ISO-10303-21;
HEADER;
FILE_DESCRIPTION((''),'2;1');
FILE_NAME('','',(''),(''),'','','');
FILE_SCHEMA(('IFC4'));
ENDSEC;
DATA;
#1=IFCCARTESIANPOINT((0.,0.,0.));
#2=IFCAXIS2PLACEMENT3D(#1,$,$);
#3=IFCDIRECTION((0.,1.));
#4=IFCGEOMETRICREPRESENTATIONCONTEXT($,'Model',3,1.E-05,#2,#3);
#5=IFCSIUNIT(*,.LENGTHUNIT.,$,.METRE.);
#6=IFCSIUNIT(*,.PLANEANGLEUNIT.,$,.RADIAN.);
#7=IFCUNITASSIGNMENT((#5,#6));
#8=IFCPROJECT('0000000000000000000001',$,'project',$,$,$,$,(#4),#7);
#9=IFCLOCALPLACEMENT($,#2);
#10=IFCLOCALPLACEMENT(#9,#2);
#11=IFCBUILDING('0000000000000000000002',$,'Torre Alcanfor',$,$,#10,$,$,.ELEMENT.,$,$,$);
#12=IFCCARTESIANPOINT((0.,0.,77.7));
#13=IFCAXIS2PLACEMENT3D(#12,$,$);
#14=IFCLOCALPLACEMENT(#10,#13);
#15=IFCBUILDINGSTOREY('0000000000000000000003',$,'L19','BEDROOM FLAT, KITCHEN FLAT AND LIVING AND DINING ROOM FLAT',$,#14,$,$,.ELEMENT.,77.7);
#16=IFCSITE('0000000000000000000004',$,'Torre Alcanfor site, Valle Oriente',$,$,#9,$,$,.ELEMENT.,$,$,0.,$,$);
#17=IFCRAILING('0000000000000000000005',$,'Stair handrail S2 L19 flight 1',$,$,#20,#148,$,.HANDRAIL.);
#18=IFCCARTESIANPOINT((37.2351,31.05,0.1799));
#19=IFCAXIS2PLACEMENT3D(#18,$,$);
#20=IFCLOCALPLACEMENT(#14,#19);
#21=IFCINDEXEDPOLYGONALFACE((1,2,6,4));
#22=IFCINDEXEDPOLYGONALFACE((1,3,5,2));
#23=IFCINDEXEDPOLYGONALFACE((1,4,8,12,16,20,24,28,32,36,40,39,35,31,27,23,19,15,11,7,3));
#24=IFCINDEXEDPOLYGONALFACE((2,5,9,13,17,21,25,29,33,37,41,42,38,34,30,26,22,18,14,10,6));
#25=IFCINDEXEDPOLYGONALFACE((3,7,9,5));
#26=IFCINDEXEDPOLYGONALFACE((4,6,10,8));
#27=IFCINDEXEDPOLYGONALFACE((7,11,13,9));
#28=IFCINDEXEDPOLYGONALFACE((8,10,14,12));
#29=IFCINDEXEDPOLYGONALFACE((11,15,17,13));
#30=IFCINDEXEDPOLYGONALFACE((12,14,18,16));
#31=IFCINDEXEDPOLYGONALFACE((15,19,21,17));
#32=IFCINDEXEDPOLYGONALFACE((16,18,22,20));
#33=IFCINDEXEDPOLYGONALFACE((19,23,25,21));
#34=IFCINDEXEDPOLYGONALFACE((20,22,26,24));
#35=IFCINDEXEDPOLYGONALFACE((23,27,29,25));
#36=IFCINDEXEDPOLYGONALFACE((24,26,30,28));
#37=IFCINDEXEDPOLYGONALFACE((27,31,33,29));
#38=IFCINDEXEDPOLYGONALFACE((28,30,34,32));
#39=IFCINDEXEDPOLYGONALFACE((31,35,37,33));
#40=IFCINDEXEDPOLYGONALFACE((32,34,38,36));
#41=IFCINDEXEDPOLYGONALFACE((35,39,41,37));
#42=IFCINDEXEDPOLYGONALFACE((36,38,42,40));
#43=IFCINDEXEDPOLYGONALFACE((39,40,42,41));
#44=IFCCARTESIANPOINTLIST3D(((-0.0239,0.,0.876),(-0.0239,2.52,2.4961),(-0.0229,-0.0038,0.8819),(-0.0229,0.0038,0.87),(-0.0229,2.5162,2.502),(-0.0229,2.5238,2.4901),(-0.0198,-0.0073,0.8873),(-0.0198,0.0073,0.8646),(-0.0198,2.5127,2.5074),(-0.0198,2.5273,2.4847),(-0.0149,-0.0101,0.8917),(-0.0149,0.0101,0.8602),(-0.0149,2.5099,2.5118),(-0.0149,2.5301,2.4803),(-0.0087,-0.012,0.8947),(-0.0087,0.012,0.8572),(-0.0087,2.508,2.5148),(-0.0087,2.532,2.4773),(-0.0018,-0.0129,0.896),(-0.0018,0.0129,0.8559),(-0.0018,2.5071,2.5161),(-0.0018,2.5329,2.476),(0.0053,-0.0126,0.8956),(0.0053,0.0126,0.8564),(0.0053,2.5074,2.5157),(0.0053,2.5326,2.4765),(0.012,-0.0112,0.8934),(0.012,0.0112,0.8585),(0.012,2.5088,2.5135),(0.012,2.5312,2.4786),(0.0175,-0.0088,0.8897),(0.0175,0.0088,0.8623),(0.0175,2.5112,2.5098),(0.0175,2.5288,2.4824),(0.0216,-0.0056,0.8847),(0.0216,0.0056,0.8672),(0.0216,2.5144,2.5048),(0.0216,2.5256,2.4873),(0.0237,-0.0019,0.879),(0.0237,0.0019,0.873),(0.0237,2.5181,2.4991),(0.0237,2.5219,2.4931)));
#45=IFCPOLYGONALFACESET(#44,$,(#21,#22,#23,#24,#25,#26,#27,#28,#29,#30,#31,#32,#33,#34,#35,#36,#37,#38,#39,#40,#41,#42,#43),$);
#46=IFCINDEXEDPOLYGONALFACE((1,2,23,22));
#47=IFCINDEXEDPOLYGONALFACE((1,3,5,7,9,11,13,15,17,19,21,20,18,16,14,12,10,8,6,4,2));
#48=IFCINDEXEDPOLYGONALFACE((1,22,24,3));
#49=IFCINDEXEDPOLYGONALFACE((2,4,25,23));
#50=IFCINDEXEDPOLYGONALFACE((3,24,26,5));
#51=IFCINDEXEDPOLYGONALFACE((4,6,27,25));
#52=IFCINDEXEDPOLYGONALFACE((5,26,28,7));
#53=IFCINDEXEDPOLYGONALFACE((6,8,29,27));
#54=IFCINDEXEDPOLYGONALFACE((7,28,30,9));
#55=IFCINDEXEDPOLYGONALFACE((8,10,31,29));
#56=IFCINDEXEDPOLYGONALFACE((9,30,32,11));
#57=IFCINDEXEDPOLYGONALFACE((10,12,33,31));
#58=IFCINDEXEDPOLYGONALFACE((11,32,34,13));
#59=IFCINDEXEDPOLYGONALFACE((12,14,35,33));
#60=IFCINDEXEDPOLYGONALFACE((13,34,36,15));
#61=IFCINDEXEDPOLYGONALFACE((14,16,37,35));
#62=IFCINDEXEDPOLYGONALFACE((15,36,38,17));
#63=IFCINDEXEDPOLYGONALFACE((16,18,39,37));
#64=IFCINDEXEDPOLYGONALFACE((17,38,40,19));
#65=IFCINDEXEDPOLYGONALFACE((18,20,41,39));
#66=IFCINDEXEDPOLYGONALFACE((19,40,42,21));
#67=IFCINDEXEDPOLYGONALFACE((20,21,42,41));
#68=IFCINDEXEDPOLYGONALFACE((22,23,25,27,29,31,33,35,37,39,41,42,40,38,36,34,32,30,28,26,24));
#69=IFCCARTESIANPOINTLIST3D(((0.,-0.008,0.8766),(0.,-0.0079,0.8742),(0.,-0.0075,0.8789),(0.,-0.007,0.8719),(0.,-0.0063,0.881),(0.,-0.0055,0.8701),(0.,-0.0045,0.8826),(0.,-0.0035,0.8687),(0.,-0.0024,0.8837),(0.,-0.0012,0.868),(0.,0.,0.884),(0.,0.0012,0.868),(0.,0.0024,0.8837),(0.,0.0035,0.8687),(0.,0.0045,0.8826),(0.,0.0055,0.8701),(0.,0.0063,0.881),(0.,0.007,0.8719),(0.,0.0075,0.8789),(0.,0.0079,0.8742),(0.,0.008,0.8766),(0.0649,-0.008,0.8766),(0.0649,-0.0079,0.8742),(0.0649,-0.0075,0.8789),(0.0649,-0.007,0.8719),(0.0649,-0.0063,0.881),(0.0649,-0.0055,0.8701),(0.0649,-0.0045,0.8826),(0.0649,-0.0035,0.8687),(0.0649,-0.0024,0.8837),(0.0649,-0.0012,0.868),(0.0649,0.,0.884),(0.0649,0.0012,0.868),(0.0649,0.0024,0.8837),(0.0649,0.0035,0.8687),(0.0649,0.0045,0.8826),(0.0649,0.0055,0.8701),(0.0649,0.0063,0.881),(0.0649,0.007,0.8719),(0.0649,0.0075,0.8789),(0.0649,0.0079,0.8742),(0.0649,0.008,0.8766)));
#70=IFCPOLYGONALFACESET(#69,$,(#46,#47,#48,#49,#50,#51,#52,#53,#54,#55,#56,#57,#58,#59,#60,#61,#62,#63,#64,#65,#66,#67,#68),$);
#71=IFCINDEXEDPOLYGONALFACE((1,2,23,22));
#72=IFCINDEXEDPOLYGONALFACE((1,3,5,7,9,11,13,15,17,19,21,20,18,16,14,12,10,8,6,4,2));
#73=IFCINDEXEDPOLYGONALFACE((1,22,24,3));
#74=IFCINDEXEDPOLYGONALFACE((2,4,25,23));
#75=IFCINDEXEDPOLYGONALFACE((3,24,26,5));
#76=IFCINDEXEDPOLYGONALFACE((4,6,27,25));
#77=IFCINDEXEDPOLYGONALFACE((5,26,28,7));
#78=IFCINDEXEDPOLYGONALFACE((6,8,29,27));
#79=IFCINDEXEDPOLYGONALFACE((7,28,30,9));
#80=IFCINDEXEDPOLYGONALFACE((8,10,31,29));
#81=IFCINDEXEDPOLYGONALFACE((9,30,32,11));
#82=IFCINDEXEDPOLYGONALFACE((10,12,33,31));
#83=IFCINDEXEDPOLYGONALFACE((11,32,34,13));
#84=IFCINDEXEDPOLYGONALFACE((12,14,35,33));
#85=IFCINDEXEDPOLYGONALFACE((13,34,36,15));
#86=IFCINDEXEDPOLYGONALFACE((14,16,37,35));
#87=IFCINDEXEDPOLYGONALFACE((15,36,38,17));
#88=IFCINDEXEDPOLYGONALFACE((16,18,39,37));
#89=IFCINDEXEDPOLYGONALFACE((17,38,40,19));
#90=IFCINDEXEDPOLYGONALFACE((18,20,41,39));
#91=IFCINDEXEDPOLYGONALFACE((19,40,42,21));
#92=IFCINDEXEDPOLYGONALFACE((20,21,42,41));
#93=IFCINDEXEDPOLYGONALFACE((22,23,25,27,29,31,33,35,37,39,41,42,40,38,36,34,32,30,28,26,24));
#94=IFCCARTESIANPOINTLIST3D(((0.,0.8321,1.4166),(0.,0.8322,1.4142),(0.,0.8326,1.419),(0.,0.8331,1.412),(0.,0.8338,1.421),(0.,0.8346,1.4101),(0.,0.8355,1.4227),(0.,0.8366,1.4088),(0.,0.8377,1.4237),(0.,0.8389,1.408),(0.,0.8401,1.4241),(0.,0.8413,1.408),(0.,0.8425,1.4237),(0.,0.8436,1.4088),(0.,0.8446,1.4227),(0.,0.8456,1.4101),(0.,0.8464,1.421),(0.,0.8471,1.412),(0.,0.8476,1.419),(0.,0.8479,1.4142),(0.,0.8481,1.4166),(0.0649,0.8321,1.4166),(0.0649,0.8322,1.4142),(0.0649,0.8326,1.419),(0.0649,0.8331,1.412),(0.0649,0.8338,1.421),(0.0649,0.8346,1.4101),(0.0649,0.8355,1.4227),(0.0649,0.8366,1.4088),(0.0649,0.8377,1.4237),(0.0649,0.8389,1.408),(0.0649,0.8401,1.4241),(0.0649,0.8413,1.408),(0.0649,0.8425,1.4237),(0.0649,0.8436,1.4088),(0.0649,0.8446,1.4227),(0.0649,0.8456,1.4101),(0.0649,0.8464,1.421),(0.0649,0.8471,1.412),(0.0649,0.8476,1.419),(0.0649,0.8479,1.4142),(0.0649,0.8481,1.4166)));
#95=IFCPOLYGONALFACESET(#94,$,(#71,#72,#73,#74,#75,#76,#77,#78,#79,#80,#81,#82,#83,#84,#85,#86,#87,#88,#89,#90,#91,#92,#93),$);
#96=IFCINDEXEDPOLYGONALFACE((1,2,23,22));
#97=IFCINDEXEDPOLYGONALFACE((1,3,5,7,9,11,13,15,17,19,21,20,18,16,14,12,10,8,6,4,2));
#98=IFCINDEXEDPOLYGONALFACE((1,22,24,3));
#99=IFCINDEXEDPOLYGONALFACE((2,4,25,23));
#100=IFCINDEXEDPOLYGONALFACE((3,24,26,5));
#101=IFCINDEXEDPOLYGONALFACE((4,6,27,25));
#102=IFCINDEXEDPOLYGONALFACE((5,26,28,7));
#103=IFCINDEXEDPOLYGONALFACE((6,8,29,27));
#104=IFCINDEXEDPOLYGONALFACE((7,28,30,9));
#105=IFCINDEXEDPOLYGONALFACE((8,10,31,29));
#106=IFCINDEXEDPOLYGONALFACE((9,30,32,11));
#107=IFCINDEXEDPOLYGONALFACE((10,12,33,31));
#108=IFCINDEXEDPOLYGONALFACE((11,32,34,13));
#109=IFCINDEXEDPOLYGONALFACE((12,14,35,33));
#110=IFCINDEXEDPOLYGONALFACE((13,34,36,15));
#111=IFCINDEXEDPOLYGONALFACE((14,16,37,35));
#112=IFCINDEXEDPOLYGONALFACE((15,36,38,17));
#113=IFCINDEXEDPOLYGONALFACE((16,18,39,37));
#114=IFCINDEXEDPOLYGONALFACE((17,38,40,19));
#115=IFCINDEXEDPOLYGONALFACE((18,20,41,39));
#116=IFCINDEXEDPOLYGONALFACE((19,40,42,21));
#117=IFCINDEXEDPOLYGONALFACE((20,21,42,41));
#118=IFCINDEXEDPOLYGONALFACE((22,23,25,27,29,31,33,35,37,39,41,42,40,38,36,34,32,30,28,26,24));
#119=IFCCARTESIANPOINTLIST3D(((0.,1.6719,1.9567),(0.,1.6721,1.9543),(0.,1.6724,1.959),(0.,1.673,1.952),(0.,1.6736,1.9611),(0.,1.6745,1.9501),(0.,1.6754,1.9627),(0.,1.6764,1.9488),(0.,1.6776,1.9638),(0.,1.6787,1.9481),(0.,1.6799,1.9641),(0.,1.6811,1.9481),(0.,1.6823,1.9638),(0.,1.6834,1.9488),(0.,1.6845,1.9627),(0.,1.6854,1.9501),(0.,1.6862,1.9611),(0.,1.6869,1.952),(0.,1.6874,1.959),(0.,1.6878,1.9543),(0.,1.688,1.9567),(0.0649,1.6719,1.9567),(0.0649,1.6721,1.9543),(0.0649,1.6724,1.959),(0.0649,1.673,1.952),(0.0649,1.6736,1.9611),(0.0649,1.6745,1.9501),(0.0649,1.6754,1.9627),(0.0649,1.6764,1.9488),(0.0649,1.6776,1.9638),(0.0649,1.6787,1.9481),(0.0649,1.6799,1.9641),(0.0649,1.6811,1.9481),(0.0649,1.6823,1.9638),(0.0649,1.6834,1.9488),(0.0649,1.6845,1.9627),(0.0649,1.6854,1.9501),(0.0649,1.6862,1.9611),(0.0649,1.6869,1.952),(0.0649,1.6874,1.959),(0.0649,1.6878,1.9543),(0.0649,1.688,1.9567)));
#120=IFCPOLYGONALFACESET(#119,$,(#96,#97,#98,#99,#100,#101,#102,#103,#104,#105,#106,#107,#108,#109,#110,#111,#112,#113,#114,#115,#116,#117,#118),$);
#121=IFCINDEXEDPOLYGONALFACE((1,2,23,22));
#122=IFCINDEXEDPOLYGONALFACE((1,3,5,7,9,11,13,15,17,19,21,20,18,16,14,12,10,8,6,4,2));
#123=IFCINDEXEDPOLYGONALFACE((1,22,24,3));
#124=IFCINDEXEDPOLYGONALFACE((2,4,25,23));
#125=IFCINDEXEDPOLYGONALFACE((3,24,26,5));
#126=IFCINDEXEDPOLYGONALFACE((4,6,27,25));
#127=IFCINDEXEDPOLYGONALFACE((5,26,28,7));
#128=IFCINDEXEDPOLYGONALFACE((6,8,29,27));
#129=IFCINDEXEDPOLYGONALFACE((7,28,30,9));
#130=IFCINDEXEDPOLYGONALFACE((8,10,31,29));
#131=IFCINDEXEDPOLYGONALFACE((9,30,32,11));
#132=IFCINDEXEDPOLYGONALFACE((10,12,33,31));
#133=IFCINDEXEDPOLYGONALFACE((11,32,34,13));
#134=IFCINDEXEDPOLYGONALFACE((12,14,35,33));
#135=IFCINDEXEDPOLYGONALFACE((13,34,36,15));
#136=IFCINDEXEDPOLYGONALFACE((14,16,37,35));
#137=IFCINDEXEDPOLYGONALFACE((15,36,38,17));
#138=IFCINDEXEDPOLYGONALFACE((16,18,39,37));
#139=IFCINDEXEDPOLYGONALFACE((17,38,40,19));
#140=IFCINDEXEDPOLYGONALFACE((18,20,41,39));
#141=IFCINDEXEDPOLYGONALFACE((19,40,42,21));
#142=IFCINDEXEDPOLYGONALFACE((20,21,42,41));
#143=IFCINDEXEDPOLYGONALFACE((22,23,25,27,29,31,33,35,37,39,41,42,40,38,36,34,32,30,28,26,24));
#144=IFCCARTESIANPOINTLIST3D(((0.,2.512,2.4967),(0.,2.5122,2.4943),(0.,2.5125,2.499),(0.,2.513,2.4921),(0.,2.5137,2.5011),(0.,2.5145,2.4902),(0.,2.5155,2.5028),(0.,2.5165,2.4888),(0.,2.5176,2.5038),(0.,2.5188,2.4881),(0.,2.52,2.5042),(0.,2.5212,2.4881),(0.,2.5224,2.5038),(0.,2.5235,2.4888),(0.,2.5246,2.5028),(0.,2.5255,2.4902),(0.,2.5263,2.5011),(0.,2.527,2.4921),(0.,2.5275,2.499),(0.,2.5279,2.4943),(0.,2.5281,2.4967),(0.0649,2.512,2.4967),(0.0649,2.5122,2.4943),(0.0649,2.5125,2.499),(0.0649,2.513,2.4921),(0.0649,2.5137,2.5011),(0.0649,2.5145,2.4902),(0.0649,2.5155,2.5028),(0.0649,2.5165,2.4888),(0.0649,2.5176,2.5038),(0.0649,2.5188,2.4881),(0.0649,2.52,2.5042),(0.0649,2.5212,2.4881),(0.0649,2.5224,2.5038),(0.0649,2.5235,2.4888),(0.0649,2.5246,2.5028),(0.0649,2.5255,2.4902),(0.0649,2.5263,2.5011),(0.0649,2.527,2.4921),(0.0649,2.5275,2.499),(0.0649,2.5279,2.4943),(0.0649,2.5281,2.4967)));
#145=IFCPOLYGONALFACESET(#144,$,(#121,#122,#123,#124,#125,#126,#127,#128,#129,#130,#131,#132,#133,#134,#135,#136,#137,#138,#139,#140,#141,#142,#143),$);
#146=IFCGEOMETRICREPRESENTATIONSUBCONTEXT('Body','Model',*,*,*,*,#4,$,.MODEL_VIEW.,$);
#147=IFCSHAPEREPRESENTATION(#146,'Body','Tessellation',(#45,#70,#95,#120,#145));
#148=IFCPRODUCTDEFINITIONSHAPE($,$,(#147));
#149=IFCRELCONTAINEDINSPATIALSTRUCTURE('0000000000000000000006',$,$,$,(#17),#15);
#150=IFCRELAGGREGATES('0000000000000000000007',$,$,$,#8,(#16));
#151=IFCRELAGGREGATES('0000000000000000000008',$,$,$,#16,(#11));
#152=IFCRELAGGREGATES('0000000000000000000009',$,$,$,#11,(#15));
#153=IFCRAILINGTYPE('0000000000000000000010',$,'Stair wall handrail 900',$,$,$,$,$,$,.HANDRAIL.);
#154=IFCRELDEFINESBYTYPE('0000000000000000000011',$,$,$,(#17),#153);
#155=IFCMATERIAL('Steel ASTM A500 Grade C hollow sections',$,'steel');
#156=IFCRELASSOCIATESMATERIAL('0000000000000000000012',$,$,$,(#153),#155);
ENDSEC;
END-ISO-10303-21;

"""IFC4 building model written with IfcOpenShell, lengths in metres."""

from ifc_helpers import new_model, si_unit, direction, frame, origin, origin_2d, place, context, subcontext, project, spatial, circle, extrude, material, type_object, element, save


model = new_model("IFC4")

# Units and contexts
model_context = context("Model", 3, precision=1e-05, world=origin(), true_north=direction((0.0, 1.0)))
body_context = subcontext(model_context, "Body", "Model", "MODEL_VIEW")
ifc_project = project(units=[si_unit("LENGTHUNIT", "METRE"), si_unit("PLANEANGLEUNIT", "RADIAN")], contexts=[model_context])

# Site, building, storey
site_placement = place(None, origin())
site = spatial("IfcSite", under=ifc_project, at=site_placement, Name="Torre Alcanfor site, Valle Oriente", CompositionType="ELEMENT", RefElevation=0.0)
building_placement = place(site_placement, origin())
building = spatial("IfcBuilding", under=site, at=building_placement, Name="Torre Alcanfor", CompositionType="ELEMENT")
storey_placement = place(building_placement, frame((0.0, 0.0, 77.7)))
storey = spatial("IfcBuildingStorey", under=building, at=storey_placement, Name="L19", Description="BEDROOM FLAT, KITCHEN FLAT AND LIVING AND DINING ROOM FLAT", CompositionType="ELEMENT", Elevation=77.7)

# Railing
ifc_material_1 = material(Name="Steel ASTM A500 Grade C hollow sections", Category="steel")
railing_type_1 = type_object("IfcRailingType", Name="Stair wall handrail 900", PredefinedType="HANDRAIL", material=ifc_material_1)
railing_1_placement = place(storey_placement, frame((37.2351, 31.05, 0.1799)))
element("IfcRailing", 1, at=railing_1_placement, inside=storey, type_object=railing_type_1, Name="Stair handrail S2 L19 flight 1", PredefinedType="HANDRAIL", context=body_context, shape_type="SweptSolid", body=[
    extrude(circle(Radius=0.0239, at=origin_2d()), frame((0.0, 0.0, 0.876), z_axis=(0.0, 0.841163, 0.540782), x_axis=(-1.0, 0.0, 0.0)), (0.0, 0.0, 1.0), 2.9958),
    extrude(circle(Radius=0.0081, at=origin_2d()), frame((0.0, 0.0, 0.876), z_axis=(1.0, 0.0, 0.0), x_axis=(0.0, 0.0, 1.0)), (0.0, 0.0, 1.0), 0.0649),
    extrude(circle(Radius=0.0081, at=origin_2d()), frame((0.0, 0.8401, 1.416), z_axis=(1.0, 0.0, 0.0), x_axis=(0.0, 0.0, 1.0)), (0.0, 0.0, 1.0), 0.0649),
    extrude(circle(Radius=0.0081, at=origin_2d()), frame((0.0, 1.6799, 1.9561), z_axis=(1.0, 0.0, 0.0), x_axis=(0.0, 0.0, 1.0)), (0.0, 0.0, 1.0), 0.0649),
    extrude(circle(Radius=0.0081, at=origin_2d()), frame((0.0, 2.52, 2.4961), z_axis=(1.0, 0.0, 0.0), x_axis=(0.0, 0.0, 1.0)), (0.0, 0.0, 1.0), 0.0649),
])

save(model, "model.ifc")
